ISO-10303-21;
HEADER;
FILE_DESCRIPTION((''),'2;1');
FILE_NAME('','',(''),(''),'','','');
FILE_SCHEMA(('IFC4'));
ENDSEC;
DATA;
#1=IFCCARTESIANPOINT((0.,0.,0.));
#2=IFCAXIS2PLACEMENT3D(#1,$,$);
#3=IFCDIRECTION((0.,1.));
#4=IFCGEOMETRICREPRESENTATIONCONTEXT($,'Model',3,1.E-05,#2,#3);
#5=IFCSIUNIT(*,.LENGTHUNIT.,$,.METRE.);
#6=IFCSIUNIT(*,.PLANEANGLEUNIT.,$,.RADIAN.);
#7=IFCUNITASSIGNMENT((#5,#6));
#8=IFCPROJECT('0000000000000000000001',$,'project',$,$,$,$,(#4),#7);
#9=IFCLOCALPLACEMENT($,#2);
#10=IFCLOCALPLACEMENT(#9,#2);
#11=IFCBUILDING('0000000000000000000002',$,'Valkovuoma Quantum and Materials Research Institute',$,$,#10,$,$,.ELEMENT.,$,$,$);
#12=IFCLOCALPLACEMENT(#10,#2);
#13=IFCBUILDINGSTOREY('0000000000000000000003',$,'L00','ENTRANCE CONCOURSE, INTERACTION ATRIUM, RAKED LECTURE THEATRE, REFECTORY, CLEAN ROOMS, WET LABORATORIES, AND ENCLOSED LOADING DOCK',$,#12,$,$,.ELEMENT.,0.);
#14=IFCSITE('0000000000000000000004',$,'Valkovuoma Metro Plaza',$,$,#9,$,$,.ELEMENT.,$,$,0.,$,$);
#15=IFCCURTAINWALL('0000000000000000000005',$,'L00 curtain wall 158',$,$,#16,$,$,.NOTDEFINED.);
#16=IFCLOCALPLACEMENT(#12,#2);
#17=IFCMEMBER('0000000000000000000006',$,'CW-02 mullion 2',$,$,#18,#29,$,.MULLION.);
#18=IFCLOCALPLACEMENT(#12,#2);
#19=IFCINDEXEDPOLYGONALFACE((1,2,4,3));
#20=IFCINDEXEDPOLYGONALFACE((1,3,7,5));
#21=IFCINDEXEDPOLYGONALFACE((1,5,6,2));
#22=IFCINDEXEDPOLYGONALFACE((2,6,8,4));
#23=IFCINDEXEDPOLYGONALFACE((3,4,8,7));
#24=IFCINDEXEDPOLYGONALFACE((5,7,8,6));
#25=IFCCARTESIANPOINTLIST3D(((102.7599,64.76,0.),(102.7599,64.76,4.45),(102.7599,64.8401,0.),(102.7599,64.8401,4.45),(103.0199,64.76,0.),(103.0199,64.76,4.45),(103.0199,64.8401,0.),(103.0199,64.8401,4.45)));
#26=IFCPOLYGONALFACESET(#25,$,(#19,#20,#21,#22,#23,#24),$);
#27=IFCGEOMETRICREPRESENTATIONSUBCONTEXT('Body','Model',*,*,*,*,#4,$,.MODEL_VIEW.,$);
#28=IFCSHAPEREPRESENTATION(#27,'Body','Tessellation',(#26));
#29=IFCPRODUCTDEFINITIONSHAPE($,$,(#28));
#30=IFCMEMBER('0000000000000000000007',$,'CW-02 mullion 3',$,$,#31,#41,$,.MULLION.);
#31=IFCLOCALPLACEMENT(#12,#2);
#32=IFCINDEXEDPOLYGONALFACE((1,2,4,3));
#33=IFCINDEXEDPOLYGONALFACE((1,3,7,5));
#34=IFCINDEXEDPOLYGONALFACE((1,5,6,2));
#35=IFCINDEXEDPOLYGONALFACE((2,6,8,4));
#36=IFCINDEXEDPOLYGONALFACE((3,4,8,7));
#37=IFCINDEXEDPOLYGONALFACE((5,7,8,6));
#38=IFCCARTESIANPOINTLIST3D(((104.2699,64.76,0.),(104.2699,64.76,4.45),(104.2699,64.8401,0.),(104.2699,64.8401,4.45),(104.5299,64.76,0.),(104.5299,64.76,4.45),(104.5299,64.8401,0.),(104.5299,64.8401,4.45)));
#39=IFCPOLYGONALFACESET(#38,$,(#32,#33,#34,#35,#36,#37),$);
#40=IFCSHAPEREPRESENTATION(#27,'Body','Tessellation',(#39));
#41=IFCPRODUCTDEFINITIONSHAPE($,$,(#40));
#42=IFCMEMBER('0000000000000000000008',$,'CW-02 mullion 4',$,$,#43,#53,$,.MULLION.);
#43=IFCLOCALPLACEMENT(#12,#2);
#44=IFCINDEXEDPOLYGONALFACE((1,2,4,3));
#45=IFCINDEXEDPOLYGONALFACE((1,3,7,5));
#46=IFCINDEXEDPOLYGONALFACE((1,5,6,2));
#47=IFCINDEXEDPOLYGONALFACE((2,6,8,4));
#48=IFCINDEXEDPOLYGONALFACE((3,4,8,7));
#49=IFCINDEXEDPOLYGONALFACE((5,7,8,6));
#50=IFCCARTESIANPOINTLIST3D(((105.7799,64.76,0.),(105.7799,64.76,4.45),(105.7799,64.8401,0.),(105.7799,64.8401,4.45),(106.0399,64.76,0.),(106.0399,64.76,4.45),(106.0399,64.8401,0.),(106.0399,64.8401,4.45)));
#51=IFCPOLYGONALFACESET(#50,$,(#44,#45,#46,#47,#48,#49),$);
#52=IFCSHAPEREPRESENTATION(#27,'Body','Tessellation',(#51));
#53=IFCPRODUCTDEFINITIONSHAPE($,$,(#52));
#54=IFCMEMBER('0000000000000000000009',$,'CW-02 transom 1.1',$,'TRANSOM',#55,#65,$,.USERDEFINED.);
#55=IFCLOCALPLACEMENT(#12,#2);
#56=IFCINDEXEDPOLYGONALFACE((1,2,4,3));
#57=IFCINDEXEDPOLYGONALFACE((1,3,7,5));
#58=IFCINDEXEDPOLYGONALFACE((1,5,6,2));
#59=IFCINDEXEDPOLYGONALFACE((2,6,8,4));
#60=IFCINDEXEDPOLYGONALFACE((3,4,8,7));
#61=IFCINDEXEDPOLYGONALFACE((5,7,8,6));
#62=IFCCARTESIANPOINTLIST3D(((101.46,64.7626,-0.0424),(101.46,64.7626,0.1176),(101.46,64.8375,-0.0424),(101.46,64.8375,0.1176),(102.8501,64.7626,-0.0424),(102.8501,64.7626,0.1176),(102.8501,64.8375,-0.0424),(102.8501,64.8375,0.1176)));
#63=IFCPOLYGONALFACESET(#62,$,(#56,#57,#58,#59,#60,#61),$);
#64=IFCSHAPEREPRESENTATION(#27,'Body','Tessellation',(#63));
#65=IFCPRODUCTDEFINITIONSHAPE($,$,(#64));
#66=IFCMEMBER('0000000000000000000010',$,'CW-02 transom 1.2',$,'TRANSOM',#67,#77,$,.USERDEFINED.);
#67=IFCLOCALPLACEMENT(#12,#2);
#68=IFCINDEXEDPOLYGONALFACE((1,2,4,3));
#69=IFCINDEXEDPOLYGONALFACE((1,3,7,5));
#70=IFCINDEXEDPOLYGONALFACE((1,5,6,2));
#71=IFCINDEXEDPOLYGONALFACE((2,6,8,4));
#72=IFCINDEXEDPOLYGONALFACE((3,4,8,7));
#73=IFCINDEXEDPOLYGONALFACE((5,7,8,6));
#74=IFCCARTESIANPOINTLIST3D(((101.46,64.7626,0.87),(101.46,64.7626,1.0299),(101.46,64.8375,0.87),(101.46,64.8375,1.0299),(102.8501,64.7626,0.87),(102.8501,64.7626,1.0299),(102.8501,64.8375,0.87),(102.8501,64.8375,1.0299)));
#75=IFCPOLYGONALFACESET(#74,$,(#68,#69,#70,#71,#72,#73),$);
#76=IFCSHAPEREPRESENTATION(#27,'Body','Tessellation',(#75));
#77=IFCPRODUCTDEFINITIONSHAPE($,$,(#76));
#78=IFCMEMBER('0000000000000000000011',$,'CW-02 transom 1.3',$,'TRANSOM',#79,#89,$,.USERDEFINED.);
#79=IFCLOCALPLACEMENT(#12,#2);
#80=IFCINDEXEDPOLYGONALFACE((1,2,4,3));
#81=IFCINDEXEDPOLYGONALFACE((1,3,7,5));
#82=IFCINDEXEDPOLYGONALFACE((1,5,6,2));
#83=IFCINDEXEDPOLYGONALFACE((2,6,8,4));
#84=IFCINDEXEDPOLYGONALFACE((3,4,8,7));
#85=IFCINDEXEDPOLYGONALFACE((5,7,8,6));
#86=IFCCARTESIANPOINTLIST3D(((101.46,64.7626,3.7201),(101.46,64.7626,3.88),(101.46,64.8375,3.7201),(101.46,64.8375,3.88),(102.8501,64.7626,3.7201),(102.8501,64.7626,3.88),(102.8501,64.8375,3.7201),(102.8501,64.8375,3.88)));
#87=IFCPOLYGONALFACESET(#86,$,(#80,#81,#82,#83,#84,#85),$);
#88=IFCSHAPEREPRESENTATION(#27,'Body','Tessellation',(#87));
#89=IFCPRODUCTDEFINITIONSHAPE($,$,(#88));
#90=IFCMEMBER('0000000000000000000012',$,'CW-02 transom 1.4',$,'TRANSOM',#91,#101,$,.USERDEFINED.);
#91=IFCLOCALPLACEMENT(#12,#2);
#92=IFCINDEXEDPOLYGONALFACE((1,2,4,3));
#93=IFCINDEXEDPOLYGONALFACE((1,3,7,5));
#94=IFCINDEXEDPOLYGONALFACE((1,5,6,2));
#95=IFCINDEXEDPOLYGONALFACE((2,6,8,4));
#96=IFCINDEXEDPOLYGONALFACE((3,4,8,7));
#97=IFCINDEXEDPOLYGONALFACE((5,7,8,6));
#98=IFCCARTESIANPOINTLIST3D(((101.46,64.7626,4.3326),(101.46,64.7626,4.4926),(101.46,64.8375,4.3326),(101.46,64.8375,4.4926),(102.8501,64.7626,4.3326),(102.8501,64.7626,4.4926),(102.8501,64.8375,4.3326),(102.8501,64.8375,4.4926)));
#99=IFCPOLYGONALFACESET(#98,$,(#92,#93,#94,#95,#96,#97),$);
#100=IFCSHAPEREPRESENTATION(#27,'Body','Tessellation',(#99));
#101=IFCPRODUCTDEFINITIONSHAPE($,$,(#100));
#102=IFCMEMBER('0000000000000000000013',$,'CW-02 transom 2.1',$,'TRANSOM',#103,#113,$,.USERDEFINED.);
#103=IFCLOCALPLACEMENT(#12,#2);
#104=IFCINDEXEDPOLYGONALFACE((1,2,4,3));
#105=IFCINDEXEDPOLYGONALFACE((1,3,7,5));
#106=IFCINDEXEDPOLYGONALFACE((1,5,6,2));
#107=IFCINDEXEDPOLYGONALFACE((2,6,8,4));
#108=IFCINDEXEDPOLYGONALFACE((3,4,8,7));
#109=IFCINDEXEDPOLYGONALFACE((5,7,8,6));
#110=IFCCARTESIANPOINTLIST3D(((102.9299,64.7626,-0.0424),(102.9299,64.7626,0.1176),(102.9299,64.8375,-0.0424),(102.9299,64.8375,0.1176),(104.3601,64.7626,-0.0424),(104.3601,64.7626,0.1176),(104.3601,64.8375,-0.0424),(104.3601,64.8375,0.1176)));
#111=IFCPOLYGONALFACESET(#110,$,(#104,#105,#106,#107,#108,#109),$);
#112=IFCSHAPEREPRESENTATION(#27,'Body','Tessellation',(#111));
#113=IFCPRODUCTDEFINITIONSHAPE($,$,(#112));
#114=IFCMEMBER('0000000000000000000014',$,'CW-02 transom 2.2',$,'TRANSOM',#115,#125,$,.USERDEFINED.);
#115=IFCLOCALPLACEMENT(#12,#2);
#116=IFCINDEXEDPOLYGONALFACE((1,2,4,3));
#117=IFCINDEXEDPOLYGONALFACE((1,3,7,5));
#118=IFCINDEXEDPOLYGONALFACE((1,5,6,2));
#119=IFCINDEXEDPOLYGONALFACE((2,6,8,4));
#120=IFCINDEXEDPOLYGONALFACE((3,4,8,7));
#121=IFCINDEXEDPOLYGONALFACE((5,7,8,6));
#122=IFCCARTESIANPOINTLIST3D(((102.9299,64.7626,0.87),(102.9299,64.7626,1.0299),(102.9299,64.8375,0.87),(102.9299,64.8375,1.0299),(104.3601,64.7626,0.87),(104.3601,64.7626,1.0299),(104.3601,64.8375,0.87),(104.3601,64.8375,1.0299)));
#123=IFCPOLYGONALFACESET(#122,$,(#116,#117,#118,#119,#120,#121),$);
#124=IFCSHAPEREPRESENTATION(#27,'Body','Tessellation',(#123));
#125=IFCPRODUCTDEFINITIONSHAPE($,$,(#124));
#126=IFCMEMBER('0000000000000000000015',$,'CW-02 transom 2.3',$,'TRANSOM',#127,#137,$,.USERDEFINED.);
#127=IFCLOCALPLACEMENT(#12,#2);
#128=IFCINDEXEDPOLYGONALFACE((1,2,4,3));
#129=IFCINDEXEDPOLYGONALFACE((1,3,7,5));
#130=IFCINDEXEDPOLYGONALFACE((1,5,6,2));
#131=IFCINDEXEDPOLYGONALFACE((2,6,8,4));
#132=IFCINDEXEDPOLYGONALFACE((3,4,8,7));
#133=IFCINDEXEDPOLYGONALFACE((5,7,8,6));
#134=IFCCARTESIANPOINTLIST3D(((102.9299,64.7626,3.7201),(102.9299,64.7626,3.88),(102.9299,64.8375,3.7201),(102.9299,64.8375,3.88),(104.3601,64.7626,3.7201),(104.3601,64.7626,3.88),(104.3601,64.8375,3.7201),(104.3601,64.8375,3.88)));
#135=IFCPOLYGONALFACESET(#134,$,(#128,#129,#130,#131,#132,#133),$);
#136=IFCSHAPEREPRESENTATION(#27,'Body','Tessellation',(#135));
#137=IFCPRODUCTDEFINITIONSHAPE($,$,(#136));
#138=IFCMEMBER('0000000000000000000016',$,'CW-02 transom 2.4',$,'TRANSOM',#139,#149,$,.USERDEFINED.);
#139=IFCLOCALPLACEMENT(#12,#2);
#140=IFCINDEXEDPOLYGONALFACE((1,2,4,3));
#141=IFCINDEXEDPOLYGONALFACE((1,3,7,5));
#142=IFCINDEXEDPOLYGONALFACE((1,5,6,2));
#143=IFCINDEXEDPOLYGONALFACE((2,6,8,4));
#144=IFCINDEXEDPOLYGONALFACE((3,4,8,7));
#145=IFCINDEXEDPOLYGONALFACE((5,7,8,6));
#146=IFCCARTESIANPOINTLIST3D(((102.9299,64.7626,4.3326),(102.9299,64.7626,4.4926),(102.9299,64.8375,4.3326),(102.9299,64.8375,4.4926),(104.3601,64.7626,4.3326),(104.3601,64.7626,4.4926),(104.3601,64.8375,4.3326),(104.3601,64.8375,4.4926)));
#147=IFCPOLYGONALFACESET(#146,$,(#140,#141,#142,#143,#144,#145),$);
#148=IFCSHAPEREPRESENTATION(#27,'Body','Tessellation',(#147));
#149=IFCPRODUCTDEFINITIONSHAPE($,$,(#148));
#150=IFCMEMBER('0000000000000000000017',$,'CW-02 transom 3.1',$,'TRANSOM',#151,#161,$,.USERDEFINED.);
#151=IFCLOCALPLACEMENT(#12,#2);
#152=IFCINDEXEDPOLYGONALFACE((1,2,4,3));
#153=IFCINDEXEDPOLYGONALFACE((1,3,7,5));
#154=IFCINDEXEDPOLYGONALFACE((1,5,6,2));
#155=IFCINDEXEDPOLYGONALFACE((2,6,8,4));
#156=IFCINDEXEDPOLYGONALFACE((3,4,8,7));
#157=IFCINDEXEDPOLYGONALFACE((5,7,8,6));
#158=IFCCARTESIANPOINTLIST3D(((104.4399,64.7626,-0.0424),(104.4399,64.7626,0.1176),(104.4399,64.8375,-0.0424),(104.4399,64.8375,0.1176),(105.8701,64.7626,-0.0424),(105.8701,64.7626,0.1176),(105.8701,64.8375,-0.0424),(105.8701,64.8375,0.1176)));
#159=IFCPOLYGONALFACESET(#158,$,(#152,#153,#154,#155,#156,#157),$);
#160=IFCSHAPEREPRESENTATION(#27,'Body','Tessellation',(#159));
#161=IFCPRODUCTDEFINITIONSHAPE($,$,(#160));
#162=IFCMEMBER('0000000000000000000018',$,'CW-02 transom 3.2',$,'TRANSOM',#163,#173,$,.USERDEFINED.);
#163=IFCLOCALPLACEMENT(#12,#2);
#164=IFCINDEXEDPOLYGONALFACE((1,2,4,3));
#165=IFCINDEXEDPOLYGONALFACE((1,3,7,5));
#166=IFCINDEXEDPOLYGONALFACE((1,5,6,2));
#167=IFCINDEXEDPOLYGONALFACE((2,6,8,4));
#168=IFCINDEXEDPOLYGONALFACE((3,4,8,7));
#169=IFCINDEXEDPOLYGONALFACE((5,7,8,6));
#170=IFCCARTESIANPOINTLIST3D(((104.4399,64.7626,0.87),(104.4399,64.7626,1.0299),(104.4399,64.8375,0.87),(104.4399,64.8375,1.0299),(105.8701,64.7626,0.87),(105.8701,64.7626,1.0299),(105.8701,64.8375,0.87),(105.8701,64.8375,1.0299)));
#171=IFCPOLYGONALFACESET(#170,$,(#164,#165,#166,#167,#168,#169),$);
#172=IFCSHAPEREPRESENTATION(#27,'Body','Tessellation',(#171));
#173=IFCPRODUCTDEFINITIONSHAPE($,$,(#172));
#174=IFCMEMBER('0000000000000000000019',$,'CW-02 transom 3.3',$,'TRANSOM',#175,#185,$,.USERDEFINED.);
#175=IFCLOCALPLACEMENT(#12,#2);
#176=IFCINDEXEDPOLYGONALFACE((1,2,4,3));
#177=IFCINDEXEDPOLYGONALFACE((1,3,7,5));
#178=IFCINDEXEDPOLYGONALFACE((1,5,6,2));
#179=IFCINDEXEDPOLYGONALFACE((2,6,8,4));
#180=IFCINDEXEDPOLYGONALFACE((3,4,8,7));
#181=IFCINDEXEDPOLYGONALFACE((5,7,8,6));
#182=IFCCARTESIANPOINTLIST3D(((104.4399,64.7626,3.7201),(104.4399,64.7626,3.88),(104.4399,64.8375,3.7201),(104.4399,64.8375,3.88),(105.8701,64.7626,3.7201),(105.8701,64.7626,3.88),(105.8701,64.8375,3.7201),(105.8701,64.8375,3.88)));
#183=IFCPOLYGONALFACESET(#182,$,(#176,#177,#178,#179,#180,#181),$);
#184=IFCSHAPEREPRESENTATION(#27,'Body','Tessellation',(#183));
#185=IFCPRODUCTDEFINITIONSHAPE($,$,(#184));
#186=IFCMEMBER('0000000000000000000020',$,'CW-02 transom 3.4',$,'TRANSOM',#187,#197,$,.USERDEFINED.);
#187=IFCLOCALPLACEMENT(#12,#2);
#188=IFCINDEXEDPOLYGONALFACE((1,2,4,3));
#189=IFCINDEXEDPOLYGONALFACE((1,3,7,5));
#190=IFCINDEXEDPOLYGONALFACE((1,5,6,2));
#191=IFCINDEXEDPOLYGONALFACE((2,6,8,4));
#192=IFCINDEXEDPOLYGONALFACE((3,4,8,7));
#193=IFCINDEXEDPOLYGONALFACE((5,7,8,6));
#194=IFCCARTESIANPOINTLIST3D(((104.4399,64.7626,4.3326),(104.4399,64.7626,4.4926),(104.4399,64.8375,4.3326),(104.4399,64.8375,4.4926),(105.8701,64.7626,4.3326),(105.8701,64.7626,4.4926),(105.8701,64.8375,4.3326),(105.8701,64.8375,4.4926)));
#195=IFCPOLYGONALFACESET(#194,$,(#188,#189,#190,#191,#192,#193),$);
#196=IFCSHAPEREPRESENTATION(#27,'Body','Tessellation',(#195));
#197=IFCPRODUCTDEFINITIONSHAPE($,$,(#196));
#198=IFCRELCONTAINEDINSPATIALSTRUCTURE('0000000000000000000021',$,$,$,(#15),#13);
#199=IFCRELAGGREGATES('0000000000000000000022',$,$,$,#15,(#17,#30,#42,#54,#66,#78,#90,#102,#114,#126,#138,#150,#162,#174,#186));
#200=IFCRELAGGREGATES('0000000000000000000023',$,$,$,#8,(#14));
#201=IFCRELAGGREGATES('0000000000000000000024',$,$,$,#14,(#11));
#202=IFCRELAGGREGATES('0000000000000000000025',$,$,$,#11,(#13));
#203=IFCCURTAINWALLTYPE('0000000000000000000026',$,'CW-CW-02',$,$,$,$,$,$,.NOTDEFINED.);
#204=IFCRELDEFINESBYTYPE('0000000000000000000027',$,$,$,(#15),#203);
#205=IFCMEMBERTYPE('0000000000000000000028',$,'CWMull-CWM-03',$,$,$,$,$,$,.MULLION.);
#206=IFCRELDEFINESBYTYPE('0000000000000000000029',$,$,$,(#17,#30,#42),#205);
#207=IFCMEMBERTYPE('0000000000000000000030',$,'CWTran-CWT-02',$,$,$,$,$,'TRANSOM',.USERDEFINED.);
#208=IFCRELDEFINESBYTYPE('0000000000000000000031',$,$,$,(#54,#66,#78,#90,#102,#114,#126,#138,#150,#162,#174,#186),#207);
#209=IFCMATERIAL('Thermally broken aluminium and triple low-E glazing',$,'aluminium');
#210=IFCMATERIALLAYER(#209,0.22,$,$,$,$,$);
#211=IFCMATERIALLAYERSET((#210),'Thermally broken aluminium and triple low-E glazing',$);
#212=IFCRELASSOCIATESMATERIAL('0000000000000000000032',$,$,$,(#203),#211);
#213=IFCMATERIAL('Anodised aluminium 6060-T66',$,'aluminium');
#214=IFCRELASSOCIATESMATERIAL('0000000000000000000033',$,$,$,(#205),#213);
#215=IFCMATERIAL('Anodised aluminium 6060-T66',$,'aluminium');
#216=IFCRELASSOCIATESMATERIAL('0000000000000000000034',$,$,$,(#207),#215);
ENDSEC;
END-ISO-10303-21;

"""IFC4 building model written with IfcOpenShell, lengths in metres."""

from ifc_helpers import new_model, si_unit, direction, frame, origin, origin_2d, place, context, subcontext, project, spatial, rectangle, extrude, material, layer, layer_set, material_profile, profile_set, type_object, element, aggregate, save


model = new_model("IFC4")

# Units and contexts
model_context = context("Model", 3, precision=1e-05, world=origin(), true_north=direction((0.0, 1.0)))
body_context = subcontext(model_context, "Body", "Model", "MODEL_VIEW")
ifc_project = project(units=[si_unit("LENGTHUNIT", "METRE"), si_unit("PLANEANGLEUNIT", "RADIAN")], contexts=[model_context])

# Site, building, storey
site_placement = place(None, origin())
site = spatial("IfcSite", under=ifc_project, at=site_placement, Name="Valkovuoma Metro Plaza", CompositionType="ELEMENT", RefElevation=0.0)
building_placement = place(site_placement, origin())
building = spatial("IfcBuilding", under=site, at=building_placement, Name="Valkovuoma Quantum and Materials Research Institute", CompositionType="ELEMENT")
storey_placement = place(building_placement, origin())
storey = spatial("IfcBuildingStorey", under=building, at=storey_placement, Name="L00", Description="ENTRANCE CONCOURSE, INTERACTION ATRIUM, RAKED LECTURE THEATRE, REFECTORY, CLEAN ROOMS, WET LABORATORIES, AND ENCLOSED LOADING DOCK", CompositionType="ELEMENT", Elevation=0.0)

# Curtain wall, members
ifc_material_1 = material(Name="Thermally broken aluminium and triple low-E glazing", Category="aluminium")
ifc_layer_1 = layer(ifc_material_1, 0.22)
ifc_layer_set_1 = layer_set([ifc_layer_1], Name="Thermally broken aluminium and triple low-E glazing")
curtain_wall_type = type_object("IfcCurtainWallType", Name="CW-CW-02", PredefinedType="NOTDEFINED", material=ifc_layer_set_1)
curtain_wall_placement = place(storey_placement, origin())
curtain_wall = element("IfcCurtainWall", 1, at=curtain_wall_placement, inside=storey, type_object=curtain_wall_type, Name="L00 curtain wall 158", PredefinedType="NOTDEFINED")
ifc_material_2 = material(Name="Anodised aluminium 6060-T66", Category="aluminium")
ifc_material_profile_1 = material_profile(ifc_material_2, rectangle(XDim=0.0801, YDim=0.26, at=origin_2d()), Name="Anodised aluminium 6060-T66")
ifc_profile_set_1 = profile_set([ifc_material_profile_1], Name="Anodised aluminium 6060-T66")
member_type_1 = type_object("IfcMemberType", Name="CWMull-CWM-03", PredefinedType="MULLION", material=ifc_profile_set_1)
member_1_placement = place(storey_placement, frame((102.8899, 64.8, 0.0), z_axis=(0.0, 0.0, 1.0), x_axis=(0.0, 1.0, 0.0)))
member_1 = element("IfcMember", 2, at=member_1_placement, type_object=member_type_1, Name="CW-02 mullion 2", PredefinedType="MULLION", context=body_context, shape_type="SweptSolid", body=[
    extrude(rectangle(XDim=0.0801, YDim=0.26, at=origin_2d()), origin(), (0.0, 0.0, 1.0), 4.45),
])
member_2_placement = place(storey_placement, frame((104.3999, 64.8, 0.0), z_axis=(0.0, 0.0, 1.0), x_axis=(0.0, 1.0, 0.0)))
member_2 = element("IfcMember", 3, at=member_2_placement, type_object=member_type_1, Name="CW-02 mullion 3", PredefinedType="MULLION", context=body_context, shape_type="SweptSolid", body=[
    extrude(rectangle(XDim=0.0801, YDim=0.26, at=origin_2d()), origin(), (0.0, 0.0, 1.0), 4.45),
])
member_3_placement = place(storey_placement, frame((105.9099, 64.8, 0.0), z_axis=(0.0, 0.0, 1.0), x_axis=(0.0, 1.0, 0.0)))
member_3 = element("IfcMember", 4, at=member_3_placement, type_object=member_type_1, Name="CW-02 mullion 4", PredefinedType="MULLION", context=body_context, shape_type="SweptSolid", body=[
    extrude(rectangle(XDim=0.0801, YDim=0.26, at=origin_2d()), origin(), (0.0, 0.0, 1.0), 4.45),
])
ifc_material_3 = material(Name="Anodised aluminium 6060-T66", Category="aluminium")
ifc_material_profile_2 = material_profile(ifc_material_3, rectangle(XDim=0.075, YDim=0.1599, at=origin_2d()), Name="Anodised aluminium 6060-T66")
ifc_profile_set_2 = profile_set([ifc_material_profile_2], Name="Anodised aluminium 6060-T66")
member_type_2 = type_object("IfcMemberType", Name="CWTran-CWT-02", ElementType="TRANSOM", PredefinedType="USERDEFINED", material=ifc_profile_set_2)
member_4_placement = place(storey_placement, frame((101.46, 64.8, 0.0376), z_axis=(1.0, 0.0, 0.0), x_axis=(0.0, 1.0, 0.0)))
member_4 = element("IfcMember", 5, at=member_4_placement, type_object=member_type_2, Name="CW-02 transom 1.1", ObjectType="TRANSOM", PredefinedType="USERDEFINED", context=body_context, shape_type="SweptSolid", body=[
    extrude(rectangle(XDim=0.075, YDim=0.1599, at=origin_2d()), origin(), (0.0, 0.0, 1.0), 1.3901),
])
member_5_placement = place(storey_placement, frame((101.46, 64.8, 0.95), z_axis=(1.0, 0.0, 0.0), x_axis=(0.0, 1.0, 0.0)))
member_5 = element("IfcMember", 6, at=member_5_placement, type_object=member_type_2, Name="CW-02 transom 1.2", ObjectType="TRANSOM", PredefinedType="USERDEFINED", context=body_context, shape_type="SweptSolid", body=[
    extrude(rectangle(XDim=0.075, YDim=0.1599, at=origin_2d()), origin(), (0.0, 0.0, 1.0), 1.3901),
])
member_6_placement = place(storey_placement, frame((101.46, 64.8, 3.8), z_axis=(1.0, 0.0, 0.0), x_axis=(0.0, 1.0, 0.0)))
member_6 = element("IfcMember", 7, at=member_6_placement, type_object=member_type_2, Name="CW-02 transom 1.3", ObjectType="TRANSOM", PredefinedType="USERDEFINED", context=body_context, shape_type="SweptSolid", body=[
    extrude(rectangle(XDim=0.075, YDim=0.1599, at=origin_2d()), origin(), (0.0, 0.0, 1.0), 1.3901),
])
member_7_placement = place(storey_placement, frame((101.46, 64.8, 4.4126), z_axis=(1.0, 0.0, 0.0), x_axis=(0.0, 1.0, 0.0)))
member_7 = element("IfcMember", 8, at=member_7_placement, type_object=member_type_2, Name="CW-02 transom 1.4", ObjectType="TRANSOM", PredefinedType="USERDEFINED", context=body_context, shape_type="SweptSolid", body=[
    extrude(rectangle(XDim=0.075, YDim=0.1599, at=origin_2d()), origin(), (0.0, 0.0, 1.0), 1.3901),
])
member_8_placement = place(storey_placement, frame((102.9299, 64.8, 0.0376), z_axis=(1.0, 0.0, 0.0), x_axis=(0.0, 1.0, 0.0)))
member_8 = element("IfcMember", 9, at=member_8_placement, type_object=member_type_2, Name="CW-02 transom 2.1", ObjectType="TRANSOM", PredefinedType="USERDEFINED", context=body_context, shape_type="SweptSolid", body=[
    extrude(rectangle(XDim=0.075, YDim=0.1599, at=origin_2d()), origin(), (0.0, 0.0, 1.0), 1.4302),
])
member_9_placement = place(storey_placement, frame((102.9299, 64.8, 0.95), z_axis=(1.0, 0.0, 0.0), x_axis=(0.0, 1.0, 0.0)))
member_9 = element("IfcMember", 10, at=member_9_placement, type_object=member_type_2, Name="CW-02 transom 2.2", ObjectType="TRANSOM", PredefinedType="USERDEFINED", context=body_context, shape_type="SweptSolid", body=[
    extrude(rectangle(XDim=0.075, YDim=0.1599, at=origin_2d()), origin(), (0.0, 0.0, 1.0), 1.4302),
])
member_10_placement = place(storey_placement, frame((102.9299, 64.8, 3.8), z_axis=(1.0, 0.0, 0.0), x_axis=(0.0, 1.0, 0.0)))
member_10 = element("IfcMember", 11, at=member_10_placement, type_object=member_type_2, Name="CW-02 transom 2.3", ObjectType="TRANSOM", PredefinedType="USERDEFINED", context=body_context, shape_type="SweptSolid", body=[
    extrude(rectangle(XDim=0.075, YDim=0.1599, at=origin_2d()), origin(), (0.0, 0.0, 1.0), 1.4302),
])
member_11_placement = place(storey_placement, frame((102.9299, 64.8, 4.4126), z_axis=(1.0, 0.0, 0.0), x_axis=(0.0, 1.0, 0.0)))
member_11 = element("IfcMember", 12, at=member_11_placement, type_object=member_type_2, Name="CW-02 transom 2.4", ObjectType="TRANSOM", PredefinedType="USERDEFINED", context=body_context, shape_type="SweptSolid", body=[
    extrude(rectangle(XDim=0.075, YDim=0.1599, at=origin_2d()), origin(), (0.0, 0.0, 1.0), 1.4302),
])
member_12_placement = place(storey_placement, frame((104.4399, 64.8, 0.0376), z_axis=(1.0, 0.0, 0.0), x_axis=(0.0, 1.0, 0.0)))
member_12 = element("IfcMember", 13, at=member_12_placement, type_object=member_type_2, Name="CW-02 transom 3.1", ObjectType="TRANSOM", PredefinedType="USERDEFINED", context=body_context, shape_type="SweptSolid", body=[
    extrude(rectangle(XDim=0.075, YDim=0.1599, at=origin_2d()), origin(), (0.0, 0.0, 1.0), 1.4302),
])
member_13_placement = place(storey_placement, frame((104.4399, 64.8, 0.95), z_axis=(1.0, 0.0, 0.0), x_axis=(0.0, 1.0, 0.0)))
member_13 = element("IfcMember", 14, at=member_13_placement, type_object=member_type_2, Name="CW-02 transom 3.2", ObjectType="TRANSOM", PredefinedType="USERDEFINED", context=body_context, shape_type="SweptSolid", body=[
    extrude(rectangle(XDim=0.075, YDim=0.1599, at=origin_2d()), origin(), (0.0, 0.0, 1.0), 1.4302),
])
member_14_placement = place(storey_placement, frame((104.4399, 64.8, 3.8), z_axis=(1.0, 0.0, 0.0), x_axis=(0.0, 1.0, 0.0)))
member_14 = element("IfcMember", 15, at=member_14_placement, type_object=member_type_2, Name="CW-02 transom 3.3", ObjectType="TRANSOM", PredefinedType="USERDEFINED", context=body_context, shape_type="SweptSolid", body=[
    extrude(rectangle(XDim=0.075, YDim=0.1599, at=origin_2d()), origin(), (0.0, 0.0, 1.0), 1.4302),
])
member_15_placement = place(storey_placement, frame((104.4399, 64.8, 4.4126), z_axis=(1.0, 0.0, 0.0), x_axis=(0.0, 1.0, 0.0)))
member_15 = element("IfcMember", 16, at=member_15_placement, type_object=member_type_2, Name="CW-02 transom 3.4", ObjectType="TRANSOM", PredefinedType="USERDEFINED", context=body_context, shape_type="SweptSolid", body=[
    extrude(rectangle(XDim=0.075, YDim=0.1599, at=origin_2d()), origin(), (0.0, 0.0, 1.0), 1.4302),
])
aggregate(curtain_wall, [member_1, member_2, member_3, member_4, member_5, member_6, member_7, member_8, member_9, member_10, member_11, member_12, member_13, member_14, member_15])

save(model, "model.ifc")
